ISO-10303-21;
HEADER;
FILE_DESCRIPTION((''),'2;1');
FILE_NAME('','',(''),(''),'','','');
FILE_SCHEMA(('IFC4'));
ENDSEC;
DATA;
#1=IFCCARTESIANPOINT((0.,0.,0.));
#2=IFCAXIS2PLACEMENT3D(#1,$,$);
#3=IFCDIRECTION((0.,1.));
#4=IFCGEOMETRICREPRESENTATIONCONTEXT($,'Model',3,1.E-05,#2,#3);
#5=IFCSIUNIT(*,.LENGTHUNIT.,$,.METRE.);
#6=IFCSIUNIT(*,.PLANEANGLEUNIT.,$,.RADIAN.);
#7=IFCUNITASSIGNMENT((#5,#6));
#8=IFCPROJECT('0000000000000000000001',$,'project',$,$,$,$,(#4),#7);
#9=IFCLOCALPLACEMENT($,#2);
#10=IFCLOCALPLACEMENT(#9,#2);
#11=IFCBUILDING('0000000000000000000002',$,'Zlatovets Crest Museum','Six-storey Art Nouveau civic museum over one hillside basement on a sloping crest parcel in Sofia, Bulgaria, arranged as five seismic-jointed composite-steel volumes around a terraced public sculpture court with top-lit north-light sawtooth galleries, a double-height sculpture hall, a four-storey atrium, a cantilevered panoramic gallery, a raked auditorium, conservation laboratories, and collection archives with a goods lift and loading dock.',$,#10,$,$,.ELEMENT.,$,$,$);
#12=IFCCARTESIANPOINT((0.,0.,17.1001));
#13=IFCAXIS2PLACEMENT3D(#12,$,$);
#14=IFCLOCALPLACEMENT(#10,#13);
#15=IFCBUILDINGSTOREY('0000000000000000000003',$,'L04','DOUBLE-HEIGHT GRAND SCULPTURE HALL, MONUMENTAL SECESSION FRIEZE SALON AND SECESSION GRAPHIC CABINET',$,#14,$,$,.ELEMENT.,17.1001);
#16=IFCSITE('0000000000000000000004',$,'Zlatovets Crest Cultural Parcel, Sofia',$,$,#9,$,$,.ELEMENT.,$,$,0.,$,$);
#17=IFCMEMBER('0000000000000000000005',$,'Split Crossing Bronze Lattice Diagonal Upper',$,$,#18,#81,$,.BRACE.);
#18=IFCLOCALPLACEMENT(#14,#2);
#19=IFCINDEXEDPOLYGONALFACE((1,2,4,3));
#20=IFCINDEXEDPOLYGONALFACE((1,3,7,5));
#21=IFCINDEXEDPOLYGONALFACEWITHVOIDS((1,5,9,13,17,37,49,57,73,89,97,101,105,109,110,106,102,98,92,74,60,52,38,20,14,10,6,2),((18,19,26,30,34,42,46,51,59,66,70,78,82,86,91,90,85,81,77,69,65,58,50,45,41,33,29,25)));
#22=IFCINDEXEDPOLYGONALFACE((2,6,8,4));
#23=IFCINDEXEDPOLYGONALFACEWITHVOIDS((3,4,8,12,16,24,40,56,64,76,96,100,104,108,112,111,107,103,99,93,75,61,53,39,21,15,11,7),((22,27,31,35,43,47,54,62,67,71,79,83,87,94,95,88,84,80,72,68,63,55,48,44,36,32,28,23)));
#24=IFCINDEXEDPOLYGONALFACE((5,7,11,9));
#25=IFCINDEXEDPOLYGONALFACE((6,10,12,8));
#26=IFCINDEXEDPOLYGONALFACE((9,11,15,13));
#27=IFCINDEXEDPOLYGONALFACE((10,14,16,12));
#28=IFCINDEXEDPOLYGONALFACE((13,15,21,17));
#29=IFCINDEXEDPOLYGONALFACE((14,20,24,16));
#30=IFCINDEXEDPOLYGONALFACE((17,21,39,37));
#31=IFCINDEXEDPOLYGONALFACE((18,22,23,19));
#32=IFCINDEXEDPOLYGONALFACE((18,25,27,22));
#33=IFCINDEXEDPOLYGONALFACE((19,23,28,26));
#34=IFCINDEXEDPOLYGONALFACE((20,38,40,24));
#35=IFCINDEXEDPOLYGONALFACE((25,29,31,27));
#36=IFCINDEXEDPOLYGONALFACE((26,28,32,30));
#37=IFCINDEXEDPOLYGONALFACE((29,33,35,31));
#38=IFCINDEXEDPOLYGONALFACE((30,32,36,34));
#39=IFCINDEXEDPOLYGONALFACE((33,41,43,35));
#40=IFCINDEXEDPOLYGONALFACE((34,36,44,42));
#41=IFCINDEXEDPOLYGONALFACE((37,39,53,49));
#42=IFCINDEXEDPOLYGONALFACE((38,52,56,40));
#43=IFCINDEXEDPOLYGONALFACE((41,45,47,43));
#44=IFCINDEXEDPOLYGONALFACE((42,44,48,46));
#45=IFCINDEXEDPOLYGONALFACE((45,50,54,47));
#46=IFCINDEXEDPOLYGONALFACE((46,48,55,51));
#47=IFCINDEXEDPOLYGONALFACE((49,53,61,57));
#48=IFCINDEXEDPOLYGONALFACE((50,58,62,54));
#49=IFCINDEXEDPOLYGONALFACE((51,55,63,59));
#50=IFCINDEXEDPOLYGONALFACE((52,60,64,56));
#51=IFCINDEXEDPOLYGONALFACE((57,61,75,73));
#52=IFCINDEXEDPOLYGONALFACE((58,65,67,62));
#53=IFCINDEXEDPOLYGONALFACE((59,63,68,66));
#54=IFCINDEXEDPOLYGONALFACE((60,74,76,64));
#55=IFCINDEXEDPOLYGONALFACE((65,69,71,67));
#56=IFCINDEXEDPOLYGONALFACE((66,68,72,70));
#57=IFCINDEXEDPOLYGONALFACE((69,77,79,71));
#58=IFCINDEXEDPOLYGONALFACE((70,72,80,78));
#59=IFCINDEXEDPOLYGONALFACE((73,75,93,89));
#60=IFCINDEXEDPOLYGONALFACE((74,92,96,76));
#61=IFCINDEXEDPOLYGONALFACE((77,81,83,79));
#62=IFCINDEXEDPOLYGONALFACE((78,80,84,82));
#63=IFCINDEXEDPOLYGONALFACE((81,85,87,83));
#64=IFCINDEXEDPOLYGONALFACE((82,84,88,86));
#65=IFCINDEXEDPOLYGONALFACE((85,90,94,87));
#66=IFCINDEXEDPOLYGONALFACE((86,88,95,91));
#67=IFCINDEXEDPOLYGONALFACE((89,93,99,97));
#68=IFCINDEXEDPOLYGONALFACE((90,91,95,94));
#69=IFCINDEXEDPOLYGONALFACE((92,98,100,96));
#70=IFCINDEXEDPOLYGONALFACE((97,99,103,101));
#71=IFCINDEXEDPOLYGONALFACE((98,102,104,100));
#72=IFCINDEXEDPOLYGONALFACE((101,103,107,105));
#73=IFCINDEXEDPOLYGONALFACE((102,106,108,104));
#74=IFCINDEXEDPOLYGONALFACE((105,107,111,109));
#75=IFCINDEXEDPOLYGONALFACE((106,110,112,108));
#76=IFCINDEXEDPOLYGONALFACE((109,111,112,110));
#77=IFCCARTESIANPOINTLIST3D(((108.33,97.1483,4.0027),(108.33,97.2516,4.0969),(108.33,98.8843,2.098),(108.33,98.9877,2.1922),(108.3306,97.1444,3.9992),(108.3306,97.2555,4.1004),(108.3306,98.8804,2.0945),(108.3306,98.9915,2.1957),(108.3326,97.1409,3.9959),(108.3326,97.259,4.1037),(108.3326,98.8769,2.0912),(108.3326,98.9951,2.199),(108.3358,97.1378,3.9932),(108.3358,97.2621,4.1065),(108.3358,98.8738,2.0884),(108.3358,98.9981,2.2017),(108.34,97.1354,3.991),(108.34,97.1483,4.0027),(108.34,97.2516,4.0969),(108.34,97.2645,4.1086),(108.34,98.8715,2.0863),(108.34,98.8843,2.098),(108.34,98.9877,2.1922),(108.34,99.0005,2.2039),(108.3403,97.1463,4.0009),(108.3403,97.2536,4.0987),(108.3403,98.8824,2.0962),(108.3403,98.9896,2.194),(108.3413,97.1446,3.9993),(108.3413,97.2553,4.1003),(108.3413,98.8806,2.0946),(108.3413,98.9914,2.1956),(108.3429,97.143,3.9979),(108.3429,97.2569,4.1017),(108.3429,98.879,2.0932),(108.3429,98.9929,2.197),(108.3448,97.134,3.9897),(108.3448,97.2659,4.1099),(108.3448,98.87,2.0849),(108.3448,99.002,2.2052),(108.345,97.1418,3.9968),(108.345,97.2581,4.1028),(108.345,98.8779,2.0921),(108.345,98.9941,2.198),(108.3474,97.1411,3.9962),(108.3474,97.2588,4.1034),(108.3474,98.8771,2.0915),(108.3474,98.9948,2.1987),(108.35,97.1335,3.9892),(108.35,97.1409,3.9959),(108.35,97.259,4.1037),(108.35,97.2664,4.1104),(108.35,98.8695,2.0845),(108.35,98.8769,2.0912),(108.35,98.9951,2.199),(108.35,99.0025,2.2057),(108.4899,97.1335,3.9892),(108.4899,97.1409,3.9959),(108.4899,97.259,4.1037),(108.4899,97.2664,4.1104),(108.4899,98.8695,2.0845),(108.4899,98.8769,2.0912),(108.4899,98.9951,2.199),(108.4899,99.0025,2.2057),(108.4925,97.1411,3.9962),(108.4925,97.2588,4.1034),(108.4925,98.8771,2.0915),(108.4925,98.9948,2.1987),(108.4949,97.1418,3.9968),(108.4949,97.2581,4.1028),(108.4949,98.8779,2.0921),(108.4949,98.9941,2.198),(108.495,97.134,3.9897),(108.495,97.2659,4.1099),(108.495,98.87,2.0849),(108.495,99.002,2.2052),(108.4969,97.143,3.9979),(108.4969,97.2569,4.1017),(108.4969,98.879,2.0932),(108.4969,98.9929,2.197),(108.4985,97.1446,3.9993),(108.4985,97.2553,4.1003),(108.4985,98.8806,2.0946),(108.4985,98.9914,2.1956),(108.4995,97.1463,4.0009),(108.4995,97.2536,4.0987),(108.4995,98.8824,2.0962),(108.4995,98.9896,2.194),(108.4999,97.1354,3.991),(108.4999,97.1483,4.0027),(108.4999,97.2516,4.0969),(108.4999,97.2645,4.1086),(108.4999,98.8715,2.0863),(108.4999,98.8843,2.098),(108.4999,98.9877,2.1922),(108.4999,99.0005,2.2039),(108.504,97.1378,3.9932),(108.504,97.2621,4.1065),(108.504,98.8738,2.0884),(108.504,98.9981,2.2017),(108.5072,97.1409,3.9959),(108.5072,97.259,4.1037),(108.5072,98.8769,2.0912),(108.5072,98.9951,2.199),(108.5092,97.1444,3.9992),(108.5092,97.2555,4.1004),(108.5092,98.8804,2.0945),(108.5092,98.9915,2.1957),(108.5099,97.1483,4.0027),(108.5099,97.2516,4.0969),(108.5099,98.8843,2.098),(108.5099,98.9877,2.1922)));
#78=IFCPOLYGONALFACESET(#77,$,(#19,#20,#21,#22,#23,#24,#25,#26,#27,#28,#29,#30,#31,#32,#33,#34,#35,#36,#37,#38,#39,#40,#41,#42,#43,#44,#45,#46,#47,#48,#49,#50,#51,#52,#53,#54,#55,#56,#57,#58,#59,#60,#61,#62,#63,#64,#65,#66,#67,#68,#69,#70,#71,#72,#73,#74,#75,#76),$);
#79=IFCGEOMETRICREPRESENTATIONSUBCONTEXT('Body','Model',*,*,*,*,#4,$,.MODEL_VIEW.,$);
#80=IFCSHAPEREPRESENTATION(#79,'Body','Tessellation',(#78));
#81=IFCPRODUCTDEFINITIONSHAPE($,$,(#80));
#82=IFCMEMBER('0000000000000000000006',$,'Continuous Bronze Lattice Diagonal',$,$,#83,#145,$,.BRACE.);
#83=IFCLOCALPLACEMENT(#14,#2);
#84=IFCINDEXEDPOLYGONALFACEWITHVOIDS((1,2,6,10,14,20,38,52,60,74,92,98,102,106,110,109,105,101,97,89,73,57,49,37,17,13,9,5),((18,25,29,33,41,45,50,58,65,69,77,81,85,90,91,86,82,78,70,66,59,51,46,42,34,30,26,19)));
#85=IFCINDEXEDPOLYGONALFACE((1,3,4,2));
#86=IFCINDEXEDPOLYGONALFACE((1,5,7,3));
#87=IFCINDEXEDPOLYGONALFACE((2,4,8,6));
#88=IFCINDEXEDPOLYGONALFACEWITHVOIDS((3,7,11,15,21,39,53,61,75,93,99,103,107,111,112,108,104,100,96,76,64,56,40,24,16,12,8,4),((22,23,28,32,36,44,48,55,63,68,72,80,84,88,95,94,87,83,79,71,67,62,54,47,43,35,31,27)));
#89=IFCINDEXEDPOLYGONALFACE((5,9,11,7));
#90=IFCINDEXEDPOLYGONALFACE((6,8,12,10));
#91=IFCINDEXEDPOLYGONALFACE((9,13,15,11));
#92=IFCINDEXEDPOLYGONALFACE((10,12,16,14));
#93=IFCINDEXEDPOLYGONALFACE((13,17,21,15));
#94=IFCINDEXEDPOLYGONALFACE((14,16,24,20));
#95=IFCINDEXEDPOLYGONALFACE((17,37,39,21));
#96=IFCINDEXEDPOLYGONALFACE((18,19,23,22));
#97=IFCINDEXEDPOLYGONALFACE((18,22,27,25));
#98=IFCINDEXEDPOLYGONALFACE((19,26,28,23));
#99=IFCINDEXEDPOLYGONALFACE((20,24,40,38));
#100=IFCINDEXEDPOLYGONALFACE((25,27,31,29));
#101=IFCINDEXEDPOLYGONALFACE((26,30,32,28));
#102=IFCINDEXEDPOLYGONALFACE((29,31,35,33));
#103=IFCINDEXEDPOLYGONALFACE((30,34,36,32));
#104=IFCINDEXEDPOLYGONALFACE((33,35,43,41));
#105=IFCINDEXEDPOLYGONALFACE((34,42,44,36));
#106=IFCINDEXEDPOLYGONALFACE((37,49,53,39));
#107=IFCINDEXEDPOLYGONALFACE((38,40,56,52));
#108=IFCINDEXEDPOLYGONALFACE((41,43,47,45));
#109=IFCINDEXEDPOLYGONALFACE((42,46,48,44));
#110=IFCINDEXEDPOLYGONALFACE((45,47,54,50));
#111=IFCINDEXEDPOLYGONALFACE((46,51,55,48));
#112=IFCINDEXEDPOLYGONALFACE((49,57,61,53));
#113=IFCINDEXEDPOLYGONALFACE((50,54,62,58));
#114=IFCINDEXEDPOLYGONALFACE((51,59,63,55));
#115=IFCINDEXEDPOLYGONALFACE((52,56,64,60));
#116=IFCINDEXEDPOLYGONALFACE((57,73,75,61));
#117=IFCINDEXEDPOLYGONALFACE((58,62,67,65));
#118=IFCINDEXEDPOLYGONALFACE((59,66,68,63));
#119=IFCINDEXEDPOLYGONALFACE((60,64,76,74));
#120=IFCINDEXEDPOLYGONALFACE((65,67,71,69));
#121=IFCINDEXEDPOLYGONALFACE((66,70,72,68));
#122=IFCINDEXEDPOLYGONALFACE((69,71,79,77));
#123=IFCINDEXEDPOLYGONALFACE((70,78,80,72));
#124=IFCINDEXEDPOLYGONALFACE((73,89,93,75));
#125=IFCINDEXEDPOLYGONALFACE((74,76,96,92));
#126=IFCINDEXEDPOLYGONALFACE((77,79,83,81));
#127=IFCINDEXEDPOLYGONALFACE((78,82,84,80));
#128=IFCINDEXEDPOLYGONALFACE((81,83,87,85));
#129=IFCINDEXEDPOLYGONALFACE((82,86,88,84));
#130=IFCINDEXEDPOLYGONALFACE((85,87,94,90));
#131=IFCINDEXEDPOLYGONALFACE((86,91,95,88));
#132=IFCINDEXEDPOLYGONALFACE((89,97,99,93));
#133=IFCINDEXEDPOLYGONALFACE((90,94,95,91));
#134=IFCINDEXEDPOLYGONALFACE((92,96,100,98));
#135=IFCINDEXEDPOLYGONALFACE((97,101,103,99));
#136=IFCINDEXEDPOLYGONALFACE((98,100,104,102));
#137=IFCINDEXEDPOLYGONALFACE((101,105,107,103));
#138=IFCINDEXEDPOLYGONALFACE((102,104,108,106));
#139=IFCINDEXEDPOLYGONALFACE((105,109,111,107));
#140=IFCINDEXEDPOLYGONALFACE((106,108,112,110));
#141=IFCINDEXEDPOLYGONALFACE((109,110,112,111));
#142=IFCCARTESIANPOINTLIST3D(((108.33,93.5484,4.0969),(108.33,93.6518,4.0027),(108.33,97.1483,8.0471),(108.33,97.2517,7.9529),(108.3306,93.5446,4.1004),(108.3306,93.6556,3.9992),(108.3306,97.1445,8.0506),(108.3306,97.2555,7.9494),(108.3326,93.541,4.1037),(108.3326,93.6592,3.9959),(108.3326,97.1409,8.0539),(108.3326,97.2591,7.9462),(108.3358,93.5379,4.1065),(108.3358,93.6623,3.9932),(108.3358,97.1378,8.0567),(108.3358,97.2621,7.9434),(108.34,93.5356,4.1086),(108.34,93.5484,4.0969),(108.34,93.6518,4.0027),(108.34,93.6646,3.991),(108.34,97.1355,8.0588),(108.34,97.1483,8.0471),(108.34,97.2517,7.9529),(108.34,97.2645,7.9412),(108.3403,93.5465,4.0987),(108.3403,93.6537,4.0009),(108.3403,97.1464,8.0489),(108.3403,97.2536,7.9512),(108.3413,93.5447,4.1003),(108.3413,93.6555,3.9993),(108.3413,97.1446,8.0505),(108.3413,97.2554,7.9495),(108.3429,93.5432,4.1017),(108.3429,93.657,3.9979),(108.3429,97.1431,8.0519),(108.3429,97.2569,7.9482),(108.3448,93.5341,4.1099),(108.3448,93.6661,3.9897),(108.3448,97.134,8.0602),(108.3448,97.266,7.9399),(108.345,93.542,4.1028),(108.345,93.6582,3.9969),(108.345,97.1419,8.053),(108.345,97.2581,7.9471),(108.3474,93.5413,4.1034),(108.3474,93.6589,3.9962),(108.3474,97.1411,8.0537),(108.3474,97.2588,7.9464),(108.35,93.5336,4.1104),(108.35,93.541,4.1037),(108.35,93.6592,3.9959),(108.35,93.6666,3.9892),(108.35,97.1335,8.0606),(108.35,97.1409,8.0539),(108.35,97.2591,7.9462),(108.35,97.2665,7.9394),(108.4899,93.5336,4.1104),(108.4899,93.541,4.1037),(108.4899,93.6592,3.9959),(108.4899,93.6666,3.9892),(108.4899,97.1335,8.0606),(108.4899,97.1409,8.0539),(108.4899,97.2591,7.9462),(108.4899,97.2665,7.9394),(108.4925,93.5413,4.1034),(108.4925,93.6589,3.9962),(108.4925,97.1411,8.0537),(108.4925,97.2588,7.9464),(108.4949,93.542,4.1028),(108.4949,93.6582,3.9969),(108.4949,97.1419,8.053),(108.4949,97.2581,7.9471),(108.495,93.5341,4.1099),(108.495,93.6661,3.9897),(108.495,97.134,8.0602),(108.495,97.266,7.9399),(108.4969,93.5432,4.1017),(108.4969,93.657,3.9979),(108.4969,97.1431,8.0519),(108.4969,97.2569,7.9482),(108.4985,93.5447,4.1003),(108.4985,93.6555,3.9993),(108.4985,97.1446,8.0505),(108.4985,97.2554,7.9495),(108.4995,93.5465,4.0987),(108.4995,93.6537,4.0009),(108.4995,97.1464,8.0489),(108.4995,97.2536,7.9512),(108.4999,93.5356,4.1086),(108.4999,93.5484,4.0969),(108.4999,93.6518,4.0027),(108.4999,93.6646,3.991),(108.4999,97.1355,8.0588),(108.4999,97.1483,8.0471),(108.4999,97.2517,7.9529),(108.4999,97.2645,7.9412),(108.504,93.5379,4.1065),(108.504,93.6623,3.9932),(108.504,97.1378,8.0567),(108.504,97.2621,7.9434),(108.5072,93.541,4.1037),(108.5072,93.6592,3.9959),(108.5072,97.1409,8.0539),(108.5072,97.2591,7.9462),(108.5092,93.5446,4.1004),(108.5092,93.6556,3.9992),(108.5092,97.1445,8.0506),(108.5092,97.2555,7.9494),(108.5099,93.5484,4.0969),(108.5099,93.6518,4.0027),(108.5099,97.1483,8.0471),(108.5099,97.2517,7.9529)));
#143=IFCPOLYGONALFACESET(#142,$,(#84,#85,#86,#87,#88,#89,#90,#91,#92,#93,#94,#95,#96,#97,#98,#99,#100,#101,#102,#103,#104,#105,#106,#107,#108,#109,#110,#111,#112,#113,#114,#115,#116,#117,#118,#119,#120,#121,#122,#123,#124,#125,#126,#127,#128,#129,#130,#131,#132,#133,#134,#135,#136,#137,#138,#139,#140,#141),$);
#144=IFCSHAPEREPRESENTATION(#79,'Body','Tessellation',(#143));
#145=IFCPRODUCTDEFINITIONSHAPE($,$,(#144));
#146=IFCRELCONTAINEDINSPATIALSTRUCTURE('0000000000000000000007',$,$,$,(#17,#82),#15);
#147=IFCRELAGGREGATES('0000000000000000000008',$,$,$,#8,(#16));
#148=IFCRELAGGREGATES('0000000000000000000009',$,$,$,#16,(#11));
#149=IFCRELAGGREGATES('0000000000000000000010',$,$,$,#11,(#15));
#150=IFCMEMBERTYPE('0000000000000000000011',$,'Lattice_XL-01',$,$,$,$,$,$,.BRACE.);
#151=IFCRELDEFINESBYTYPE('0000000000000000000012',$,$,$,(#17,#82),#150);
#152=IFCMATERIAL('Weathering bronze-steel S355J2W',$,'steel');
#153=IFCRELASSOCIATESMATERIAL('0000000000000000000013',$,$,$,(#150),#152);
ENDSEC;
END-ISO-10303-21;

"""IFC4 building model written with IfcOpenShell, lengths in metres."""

from ifc_helpers import new_model, si_unit, direction, frame, origin, origin_2d, place, context, subcontext, project, spatial, hollow_rectangle, extrude, material, material_profile, profile_set, type_object, element, save


model = new_model("IFC4")

# Units and contexts
model_context = context("Model", 3, precision=1e-05, world=origin(), true_north=direction((0.0, 1.0)))
body_context = subcontext(model_context, "Body", "Model", "MODEL_VIEW")
ifc_project = project(units=[si_unit("LENGTHUNIT", "METRE"), si_unit("PLANEANGLEUNIT", "RADIAN")], contexts=[model_context])

# Site, building, storey
site_placement = place(None, origin())
site = spatial("IfcSite", under=ifc_project, at=site_placement, Name="Zlatovets Crest Cultural Parcel, Sofia", CompositionType="ELEMENT", RefElevation=0.0)
building_placement = place(site_placement, origin())
building = spatial("IfcBuilding", under=site, at=building_placement, Name="Zlatovets Crest Museum", Description="Six-storey Art Nouveau civic museum over one hillside basement on a sloping crest parcel in Sofia, Bulgaria, arranged as five seismic-jointed composite-steel volumes around a terraced public sculpture court with top-lit north-light sawtooth galleries, a double-height sculpture hall, a four-storey atrium, a cantilevered panoramic gallery, a raked auditorium, conservation laboratories, and collection archives with a goods lift and loading dock.", CompositionType="ELEMENT")
storey_placement = place(building_placement, frame((0.0, 0.0, 17.1001)))
storey = spatial("IfcBuildingStorey", under=building, at=storey_placement, Name="L04", Description="DOUBLE-HEIGHT GRAND SCULPTURE HALL, MONUMENTAL SECESSION FRIEZE SALON AND SECESSION GRAPHIC CABINET", CompositionType="ELEMENT", Elevation=17.1001)

# Members
ifc_material_1 = material(Name="Weathering bronze-steel S355J2W", Category="steel")
ifc_material_profile_1 = material_profile(ifc_material_1, hollow_rectangle(XDim=0.1799, YDim=0.1799, WallThickness=0.01, InnerFilletRadius=0.01, OuterFilletRadius=0.02, at=origin_2d()), Name="SHS 180x180x10.0")
ifc_profile_set_1 = profile_set([ifc_material_profile_1], Name="Weathering bronze-steel S355J2W")
member_type_1 = type_object("IfcMemberType", Name="Lattice_XL-01", PredefinedType="BRACE", material=ifc_profile_set_1)
for number, where, z_axis, x_axis, name in (
    (1, (108.4199, 97.2, 4.0498), (0.0, 0.67362, -0.739078), (-1.0, 0.0, 0.0), "Split Crossing Bronze Lattice Diagonal Upper"),
):
    element("IfcMember", number, at=place(storey_placement, frame(where, z_axis=z_axis, x_axis=x_axis)), inside=storey, type_object=member_type_1, Name=name, PredefinedType="BRACE", context=body_context, shape_type="SweptSolid", body=[
        extrude(hollow_rectangle(XDim=0.1799, YDim=0.1799, WallThickness=0.01, InnerFilletRadius=0.01, OuterFilletRadius=0.02, at=origin_2d()), origin(), (0.0, 0.0, 1.0), 2.5771),
    ])
member_1_placement = place(storey_placement, frame((108.4199, 93.6001, 4.0498), z_axis=(0.0, 0.67357, 0.739123), x_axis=(-1.0, 0.0, 0.0)))
element("IfcMember", 2, at=member_1_placement, inside=storey, type_object=member_type_1, Name="Continuous Bronze Lattice Diagonal", PredefinedType="BRACE", context=body_context, shape_type="SweptSolid", body=[
    extrude(hollow_rectangle(XDim=0.1799, YDim=0.1799, WallThickness=0.01, InnerFilletRadius=0.01, OuterFilletRadius=0.02, at=origin_2d()), origin(), (0.0, 0.0, 1.0), 5.3445),
])

save(model, "model.ifc")
